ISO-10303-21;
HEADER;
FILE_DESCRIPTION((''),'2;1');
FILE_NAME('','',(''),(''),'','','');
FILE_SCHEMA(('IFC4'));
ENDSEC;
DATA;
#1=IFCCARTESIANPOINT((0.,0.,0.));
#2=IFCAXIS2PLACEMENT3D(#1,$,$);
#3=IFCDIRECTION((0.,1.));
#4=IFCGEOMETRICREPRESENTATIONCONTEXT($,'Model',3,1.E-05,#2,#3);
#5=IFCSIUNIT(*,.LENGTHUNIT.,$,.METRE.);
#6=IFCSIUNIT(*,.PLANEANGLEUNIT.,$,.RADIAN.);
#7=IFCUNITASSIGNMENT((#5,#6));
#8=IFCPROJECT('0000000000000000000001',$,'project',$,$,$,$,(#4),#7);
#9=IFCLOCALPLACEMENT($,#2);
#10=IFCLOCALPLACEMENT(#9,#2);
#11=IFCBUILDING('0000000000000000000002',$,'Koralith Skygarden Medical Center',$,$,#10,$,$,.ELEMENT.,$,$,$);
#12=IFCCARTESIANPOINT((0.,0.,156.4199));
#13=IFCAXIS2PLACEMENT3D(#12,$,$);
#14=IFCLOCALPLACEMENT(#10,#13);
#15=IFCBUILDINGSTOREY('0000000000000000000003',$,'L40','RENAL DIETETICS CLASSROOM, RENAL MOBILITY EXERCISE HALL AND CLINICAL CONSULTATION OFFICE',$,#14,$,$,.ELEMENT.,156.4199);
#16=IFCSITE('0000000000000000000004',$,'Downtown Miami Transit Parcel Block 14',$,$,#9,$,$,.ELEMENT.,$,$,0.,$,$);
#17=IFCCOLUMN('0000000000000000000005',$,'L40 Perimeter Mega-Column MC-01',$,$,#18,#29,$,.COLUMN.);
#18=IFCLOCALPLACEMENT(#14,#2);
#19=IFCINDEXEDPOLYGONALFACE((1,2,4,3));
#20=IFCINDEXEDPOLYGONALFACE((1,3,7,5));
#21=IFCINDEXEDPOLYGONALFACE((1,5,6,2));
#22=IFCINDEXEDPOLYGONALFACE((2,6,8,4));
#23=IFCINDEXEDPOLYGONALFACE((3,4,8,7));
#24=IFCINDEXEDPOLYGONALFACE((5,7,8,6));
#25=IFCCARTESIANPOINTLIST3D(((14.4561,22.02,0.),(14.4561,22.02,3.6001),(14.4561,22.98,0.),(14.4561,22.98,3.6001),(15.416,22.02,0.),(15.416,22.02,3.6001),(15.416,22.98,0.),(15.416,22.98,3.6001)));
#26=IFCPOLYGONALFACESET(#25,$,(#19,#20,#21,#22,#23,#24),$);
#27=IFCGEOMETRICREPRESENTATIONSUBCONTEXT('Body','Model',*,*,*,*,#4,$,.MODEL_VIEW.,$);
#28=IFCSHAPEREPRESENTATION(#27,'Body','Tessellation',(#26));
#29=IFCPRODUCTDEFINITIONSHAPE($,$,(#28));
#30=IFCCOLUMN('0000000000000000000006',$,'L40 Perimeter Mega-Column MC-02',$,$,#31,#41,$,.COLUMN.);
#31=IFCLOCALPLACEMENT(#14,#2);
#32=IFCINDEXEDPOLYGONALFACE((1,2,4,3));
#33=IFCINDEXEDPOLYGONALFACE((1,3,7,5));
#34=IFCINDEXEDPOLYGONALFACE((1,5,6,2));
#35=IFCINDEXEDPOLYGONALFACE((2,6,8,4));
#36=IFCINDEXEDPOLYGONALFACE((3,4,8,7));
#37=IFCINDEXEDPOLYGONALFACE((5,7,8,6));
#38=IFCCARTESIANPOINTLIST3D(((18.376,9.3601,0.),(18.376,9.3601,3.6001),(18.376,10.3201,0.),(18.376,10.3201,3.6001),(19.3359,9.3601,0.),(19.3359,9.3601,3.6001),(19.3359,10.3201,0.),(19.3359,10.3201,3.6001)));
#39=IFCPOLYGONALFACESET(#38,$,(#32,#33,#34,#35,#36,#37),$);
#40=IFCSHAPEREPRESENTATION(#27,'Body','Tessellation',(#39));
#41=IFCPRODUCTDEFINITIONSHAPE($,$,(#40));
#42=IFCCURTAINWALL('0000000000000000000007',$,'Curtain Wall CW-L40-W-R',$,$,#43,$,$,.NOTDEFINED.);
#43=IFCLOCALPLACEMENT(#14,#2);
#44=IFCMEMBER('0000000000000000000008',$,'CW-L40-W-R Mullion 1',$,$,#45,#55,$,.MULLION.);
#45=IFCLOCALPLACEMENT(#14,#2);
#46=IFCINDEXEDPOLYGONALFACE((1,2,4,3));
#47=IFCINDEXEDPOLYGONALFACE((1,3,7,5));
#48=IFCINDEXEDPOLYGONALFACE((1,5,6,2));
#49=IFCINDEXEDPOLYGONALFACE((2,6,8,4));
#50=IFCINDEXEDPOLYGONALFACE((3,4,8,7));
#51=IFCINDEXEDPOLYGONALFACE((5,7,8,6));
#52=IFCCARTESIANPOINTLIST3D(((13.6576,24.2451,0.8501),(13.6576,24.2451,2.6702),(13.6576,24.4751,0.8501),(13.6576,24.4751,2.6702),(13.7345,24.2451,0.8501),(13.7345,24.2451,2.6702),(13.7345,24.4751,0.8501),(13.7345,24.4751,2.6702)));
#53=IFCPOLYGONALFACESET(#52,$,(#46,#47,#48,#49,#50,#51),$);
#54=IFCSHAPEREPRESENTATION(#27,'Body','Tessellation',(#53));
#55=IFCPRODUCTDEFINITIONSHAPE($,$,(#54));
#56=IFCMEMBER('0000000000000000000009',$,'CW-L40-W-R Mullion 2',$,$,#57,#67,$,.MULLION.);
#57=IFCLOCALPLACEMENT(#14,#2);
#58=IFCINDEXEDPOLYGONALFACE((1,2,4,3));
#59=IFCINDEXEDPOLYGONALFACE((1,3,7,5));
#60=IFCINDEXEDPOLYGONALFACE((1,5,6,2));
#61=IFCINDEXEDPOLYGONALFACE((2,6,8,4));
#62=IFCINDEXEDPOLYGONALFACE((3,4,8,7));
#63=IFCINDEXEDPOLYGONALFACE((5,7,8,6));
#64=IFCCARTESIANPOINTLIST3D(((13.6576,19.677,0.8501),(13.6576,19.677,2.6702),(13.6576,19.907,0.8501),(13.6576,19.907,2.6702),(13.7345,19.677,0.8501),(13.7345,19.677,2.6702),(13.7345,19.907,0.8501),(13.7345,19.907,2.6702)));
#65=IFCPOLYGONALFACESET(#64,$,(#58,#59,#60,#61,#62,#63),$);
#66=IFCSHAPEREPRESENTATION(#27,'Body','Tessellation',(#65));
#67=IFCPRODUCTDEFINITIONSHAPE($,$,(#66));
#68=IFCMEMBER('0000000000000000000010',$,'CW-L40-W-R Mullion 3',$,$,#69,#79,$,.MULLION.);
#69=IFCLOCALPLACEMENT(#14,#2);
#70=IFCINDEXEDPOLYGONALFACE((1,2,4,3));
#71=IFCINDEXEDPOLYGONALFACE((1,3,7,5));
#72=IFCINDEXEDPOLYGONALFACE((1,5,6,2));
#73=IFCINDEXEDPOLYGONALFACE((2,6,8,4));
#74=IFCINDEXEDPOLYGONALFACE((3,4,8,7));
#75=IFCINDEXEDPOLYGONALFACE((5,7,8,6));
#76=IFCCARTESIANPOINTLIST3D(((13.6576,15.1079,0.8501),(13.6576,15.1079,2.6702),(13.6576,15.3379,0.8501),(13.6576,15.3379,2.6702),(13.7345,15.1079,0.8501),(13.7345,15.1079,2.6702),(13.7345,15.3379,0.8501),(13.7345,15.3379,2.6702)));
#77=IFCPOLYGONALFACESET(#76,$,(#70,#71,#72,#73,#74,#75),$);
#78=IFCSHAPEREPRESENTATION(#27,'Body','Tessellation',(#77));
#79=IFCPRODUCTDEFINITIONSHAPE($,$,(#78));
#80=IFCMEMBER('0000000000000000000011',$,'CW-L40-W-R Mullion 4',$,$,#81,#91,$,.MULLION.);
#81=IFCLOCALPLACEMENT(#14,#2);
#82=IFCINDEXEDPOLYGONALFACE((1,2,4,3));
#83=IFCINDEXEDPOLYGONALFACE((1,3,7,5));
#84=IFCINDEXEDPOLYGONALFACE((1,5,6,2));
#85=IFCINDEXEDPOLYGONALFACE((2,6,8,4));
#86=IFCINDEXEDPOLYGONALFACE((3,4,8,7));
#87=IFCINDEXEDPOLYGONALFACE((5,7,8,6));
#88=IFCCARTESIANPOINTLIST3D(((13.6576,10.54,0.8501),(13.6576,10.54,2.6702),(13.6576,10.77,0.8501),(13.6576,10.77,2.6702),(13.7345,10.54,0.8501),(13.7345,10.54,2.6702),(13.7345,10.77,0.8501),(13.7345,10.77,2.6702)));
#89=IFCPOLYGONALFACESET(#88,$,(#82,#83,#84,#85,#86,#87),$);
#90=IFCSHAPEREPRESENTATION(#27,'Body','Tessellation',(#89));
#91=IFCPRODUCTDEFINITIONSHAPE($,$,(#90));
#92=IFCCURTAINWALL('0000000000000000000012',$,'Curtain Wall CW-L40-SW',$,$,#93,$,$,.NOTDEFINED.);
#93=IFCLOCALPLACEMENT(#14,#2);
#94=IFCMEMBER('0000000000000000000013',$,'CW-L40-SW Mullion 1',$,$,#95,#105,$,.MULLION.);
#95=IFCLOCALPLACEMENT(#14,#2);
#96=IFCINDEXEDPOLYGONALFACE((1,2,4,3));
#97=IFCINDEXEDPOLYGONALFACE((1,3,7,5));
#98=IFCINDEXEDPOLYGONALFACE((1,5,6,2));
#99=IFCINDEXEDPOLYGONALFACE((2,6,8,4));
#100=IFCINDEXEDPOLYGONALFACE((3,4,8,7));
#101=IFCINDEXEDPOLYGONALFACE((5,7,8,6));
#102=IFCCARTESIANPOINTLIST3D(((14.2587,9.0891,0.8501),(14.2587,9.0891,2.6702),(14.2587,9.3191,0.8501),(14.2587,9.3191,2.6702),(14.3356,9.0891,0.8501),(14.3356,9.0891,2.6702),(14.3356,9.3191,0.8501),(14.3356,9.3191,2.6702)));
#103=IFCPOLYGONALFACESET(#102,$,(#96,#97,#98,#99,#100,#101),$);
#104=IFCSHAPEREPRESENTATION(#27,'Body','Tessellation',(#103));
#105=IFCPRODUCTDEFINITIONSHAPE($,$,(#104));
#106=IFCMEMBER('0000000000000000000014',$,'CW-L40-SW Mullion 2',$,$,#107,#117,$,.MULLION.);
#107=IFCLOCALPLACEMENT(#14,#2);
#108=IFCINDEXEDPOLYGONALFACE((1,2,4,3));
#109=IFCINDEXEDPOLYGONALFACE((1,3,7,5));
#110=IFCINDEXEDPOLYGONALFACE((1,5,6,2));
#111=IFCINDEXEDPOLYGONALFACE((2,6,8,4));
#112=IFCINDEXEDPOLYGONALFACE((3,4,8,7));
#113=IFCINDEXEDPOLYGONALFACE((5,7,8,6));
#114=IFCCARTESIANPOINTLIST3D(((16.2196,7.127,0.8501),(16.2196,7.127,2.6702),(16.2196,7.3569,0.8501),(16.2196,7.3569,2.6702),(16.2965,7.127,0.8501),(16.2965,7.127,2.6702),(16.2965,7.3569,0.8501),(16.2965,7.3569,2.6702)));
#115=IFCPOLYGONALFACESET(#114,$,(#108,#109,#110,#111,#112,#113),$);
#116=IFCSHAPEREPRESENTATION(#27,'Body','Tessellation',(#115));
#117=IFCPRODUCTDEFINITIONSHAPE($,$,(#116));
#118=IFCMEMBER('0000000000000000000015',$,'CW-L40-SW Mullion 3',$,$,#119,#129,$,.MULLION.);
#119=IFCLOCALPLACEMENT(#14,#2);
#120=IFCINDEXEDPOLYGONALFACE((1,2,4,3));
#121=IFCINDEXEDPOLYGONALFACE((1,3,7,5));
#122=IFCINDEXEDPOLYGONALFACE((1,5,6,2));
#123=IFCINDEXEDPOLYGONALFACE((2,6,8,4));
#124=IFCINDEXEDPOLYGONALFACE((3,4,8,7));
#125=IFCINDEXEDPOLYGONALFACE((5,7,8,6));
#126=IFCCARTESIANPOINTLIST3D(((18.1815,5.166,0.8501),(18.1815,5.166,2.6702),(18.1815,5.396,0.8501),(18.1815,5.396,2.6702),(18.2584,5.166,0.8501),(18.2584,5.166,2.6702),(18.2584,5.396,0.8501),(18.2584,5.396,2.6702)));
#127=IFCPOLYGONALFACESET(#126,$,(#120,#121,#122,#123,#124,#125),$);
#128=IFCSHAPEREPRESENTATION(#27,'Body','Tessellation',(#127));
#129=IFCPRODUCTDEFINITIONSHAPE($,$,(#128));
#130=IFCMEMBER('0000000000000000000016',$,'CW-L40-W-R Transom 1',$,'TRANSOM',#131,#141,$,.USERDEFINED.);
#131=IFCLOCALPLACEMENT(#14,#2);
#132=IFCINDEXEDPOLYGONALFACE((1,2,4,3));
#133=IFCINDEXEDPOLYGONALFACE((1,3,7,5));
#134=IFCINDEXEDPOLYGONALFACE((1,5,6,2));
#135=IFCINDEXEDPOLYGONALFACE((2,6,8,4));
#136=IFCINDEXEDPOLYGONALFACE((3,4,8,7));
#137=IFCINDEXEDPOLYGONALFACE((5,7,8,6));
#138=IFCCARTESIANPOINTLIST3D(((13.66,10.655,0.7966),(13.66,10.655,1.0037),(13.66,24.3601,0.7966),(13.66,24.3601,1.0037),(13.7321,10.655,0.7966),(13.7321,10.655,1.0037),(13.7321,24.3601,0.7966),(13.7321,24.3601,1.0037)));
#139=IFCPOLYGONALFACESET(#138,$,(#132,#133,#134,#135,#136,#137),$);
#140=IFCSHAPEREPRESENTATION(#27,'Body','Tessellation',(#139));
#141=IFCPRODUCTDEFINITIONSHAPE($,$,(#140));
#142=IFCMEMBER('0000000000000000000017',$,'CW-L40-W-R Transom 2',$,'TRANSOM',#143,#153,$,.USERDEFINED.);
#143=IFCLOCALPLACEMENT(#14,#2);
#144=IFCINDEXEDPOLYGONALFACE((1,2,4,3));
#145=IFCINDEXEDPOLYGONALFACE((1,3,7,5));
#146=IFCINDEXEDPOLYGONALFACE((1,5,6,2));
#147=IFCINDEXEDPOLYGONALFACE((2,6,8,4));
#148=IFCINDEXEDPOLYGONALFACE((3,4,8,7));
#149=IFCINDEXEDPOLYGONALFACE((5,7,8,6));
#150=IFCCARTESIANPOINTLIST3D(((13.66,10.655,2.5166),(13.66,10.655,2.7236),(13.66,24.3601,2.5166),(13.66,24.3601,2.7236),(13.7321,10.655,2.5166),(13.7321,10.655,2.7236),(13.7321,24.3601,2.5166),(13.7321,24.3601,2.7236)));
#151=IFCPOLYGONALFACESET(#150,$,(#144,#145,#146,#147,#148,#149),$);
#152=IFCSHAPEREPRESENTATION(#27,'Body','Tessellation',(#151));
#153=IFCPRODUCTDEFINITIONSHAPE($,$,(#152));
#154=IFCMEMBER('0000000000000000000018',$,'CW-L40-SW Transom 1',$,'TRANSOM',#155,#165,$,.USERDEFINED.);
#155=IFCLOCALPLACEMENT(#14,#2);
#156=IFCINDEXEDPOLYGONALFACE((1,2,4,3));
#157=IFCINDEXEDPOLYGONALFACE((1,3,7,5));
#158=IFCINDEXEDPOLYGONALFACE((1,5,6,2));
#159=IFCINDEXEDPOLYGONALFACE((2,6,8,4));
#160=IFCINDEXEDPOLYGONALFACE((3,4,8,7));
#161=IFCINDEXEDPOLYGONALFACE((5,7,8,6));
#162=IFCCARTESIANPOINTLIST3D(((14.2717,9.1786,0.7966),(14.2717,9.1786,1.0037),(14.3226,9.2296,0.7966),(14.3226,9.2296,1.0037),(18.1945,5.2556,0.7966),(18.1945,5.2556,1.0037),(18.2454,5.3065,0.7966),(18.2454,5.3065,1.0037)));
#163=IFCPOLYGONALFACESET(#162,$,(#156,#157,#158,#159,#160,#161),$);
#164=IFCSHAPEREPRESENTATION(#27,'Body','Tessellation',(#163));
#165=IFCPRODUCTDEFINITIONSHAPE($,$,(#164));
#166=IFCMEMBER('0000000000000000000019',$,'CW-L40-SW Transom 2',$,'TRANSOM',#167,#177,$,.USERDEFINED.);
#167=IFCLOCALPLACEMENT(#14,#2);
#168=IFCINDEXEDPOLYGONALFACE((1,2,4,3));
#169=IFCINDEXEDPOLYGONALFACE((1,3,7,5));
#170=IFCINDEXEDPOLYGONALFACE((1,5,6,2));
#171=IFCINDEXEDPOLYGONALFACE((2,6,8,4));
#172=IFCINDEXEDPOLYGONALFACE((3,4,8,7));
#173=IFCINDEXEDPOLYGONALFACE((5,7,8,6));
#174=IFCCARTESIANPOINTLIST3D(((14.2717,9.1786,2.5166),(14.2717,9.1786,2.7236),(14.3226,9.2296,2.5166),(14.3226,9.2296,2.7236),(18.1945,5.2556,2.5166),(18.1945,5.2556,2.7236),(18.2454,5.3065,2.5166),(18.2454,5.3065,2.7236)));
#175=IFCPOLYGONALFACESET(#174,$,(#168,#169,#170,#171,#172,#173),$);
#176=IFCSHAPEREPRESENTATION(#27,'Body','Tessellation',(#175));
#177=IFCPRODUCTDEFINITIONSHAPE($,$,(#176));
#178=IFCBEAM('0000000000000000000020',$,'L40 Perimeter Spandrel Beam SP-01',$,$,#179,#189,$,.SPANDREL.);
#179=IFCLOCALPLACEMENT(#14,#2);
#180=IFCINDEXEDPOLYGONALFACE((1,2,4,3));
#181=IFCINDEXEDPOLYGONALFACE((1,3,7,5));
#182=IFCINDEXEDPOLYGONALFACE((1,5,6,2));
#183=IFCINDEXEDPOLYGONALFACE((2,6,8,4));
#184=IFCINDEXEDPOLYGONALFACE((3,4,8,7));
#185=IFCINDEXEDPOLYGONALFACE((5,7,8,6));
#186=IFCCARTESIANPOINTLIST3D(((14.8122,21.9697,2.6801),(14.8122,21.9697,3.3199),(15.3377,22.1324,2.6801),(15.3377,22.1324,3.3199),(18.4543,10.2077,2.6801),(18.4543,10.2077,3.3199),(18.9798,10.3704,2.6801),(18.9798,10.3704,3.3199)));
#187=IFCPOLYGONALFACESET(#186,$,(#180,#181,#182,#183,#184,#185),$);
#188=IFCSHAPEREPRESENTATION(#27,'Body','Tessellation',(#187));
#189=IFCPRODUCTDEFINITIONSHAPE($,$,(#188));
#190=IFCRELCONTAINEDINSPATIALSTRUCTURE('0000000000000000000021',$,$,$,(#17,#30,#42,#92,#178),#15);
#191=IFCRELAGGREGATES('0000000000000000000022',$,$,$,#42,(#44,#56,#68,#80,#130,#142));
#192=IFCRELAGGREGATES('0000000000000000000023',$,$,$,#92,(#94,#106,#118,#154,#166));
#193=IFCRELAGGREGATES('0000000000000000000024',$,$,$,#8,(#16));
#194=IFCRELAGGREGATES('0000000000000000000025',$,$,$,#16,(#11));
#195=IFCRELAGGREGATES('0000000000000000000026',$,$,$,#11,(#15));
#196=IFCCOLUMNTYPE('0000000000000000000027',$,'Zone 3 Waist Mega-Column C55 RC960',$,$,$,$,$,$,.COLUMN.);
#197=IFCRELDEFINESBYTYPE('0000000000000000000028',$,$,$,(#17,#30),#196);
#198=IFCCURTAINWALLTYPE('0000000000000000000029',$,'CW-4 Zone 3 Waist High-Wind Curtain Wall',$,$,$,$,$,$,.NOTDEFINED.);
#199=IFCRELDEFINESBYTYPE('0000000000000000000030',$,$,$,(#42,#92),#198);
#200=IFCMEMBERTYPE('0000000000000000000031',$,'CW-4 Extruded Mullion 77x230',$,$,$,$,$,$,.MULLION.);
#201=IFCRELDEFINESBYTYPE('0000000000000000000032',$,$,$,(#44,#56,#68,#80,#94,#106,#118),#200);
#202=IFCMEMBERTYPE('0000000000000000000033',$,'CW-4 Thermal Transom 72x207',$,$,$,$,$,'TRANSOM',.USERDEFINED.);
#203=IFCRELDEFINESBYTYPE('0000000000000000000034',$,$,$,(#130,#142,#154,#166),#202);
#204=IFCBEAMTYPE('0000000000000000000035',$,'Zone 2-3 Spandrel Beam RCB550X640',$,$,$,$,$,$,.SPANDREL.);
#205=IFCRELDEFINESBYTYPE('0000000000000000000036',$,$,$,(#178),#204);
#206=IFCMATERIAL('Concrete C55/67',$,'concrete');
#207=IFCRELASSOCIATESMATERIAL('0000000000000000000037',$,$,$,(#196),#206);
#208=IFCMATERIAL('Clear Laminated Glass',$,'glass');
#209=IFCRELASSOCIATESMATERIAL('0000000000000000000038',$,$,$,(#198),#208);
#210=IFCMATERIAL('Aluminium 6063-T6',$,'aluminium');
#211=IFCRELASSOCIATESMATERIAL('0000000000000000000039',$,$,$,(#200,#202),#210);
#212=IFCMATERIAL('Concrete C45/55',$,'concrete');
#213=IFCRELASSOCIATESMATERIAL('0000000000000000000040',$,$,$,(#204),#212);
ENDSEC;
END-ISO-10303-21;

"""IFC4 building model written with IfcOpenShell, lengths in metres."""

from ifc_helpers import new_model, si_unit, direction, frame, origin, origin_2d, place, context, subcontext, project, spatial, rectangle, extrude, material, material_profile, profile_set, type_object, element, aggregate, save


model = new_model("IFC4")

# Units and contexts
model_context = context("Model", 3, precision=1e-05, world=origin(), true_north=direction((0.0, 1.0)))
body_context = subcontext(model_context, "Body", "Model", "MODEL_VIEW")
ifc_project = project(units=[si_unit("LENGTHUNIT", "METRE"), si_unit("PLANEANGLEUNIT", "RADIAN")], contexts=[model_context])

# Site, building, storey
site_placement = place(None, origin())
site = spatial("IfcSite", under=ifc_project, at=site_placement, Name="Downtown Miami Transit Parcel Block 14", CompositionType="ELEMENT", RefElevation=0.0)
building_placement = place(site_placement, origin())
building = spatial("IfcBuilding", under=site, at=building_placement, Name="Koralith Skygarden Medical Center", CompositionType="ELEMENT")
storey_placement = place(building_placement, frame((0.0, 0.0, 156.4199)))
storey = spatial("IfcBuildingStorey", under=building, at=storey_placement, Name="L40", Description="RENAL DIETETICS CLASSROOM, RENAL MOBILITY EXERCISE HALL AND CLINICAL CONSULTATION OFFICE", CompositionType="ELEMENT", Elevation=156.4199)

# Columns
ifc_material_1 = material(Name="Concrete C55/67", Category="concrete")
ifc_material_profile_1 = material_profile(ifc_material_1, rectangle(XDim=0.96, YDim=0.96, at=origin_2d()), Name="RC960X960")
ifc_profile_set_1 = profile_set([ifc_material_profile_1], Name="Concrete C55/67")
column_type = type_object("IfcColumnType", Name="Zone 3 Waist Mega-Column C55 RC960", PredefinedType="COLUMN", material=ifc_profile_set_1)
for number, where, z_axis, x_axis, name in (
    (1, (14.936, 22.5, 0.0), (0.0, 0.0, 1.0), (1.0, 0.0, 0.0), "L40 Perimeter Mega-Column MC-01"),
    (2, (18.856, 9.8401, 0.0), (0.0, 0.0, 1.0), (1.0, 0.0, 0.0), "L40 Perimeter Mega-Column MC-02"),
):
    element("IfcColumn", number, at=place(storey_placement, frame(where, z_axis=z_axis, x_axis=x_axis)), inside=storey, type_object=column_type, Name=name, PredefinedType="COLUMN", context=body_context, shape_type="SweptSolid", body=[
        extrude(rectangle(XDim=0.96, YDim=0.96, at=origin_2d()), origin(), (0.0, 0.0, 1.0), 3.6001),
    ])

# Curtain walls, members
ifc_material_2 = material(Name="Clear Laminated Glass", Category="glass")
curtain_wall_type = type_object("IfcCurtainWallType", Name="CW-4 Zone 3 Waist High-Wind Curtain Wall", PredefinedType="NOTDEFINED", material=ifc_material_2)
curtain_wall_1_placement = place(storey_placement, origin())
curtain_wall_1 = element("IfcCurtainWall", 3, at=curtain_wall_1_placement, inside=storey, type_object=curtain_wall_type, Name="Curtain Wall CW-L40-W-R", PredefinedType="NOTDEFINED")
ifc_material_3 = material(Name="Aluminium 6063-T6", Category="aluminium")
ifc_material_profile_2 = material_profile(ifc_material_3, rectangle(XDim=0.0769, YDim=0.23, at=origin_2d()), Name="MUL77X230")
ifc_profile_set_2 = profile_set([ifc_material_profile_2], Name="Aluminium 6063-T6")
member_type_1 = type_object("IfcMemberType", Name="CW-4 Extruded Mullion 77x230", PredefinedType="MULLION", material=ifc_profile_set_2)
member_1_placement = place(storey_placement, frame((13.696, 24.3601, 0.8501), z_axis=(0.0, 0.0, 1.0), x_axis=(1.0, 0.0, 0.0)))
member_1 = element("IfcMember", 4, at=member_1_placement, type_object=member_type_1, Name="CW-L40-W-R Mullion 1", PredefinedType="MULLION", context=body_context, shape_type="SweptSolid", body=[
    extrude(rectangle(XDim=0.0769, YDim=0.23, at=origin_2d()), origin(), (0.0, 0.0, 1.0), 1.8201),
])
member_2_placement = place(storey_placement, frame((13.696, 19.792, 0.8501), z_axis=(0.0, 0.0, 1.0), x_axis=(1.0, 0.0, 0.0)))
member_2 = element("IfcMember", 5, at=member_2_placement, type_object=member_type_1, Name="CW-L40-W-R Mullion 2", PredefinedType="MULLION", context=body_context, shape_type="SweptSolid", body=[
    extrude(rectangle(XDim=0.0769, YDim=0.23, at=origin_2d()), origin(), (0.0, 0.0, 1.0), 1.8201),
])
member_3_placement = place(storey_placement, frame((13.696, 15.2229, 0.8501), z_axis=(0.0, 0.0, 1.0), x_axis=(1.0, 0.0, 0.0)))
member_3 = element("IfcMember", 6, at=member_3_placement, type_object=member_type_1, Name="CW-L40-W-R Mullion 3", PredefinedType="MULLION", context=body_context, shape_type="SweptSolid", body=[
    extrude(rectangle(XDim=0.0769, YDim=0.23, at=origin_2d()), origin(), (0.0, 0.0, 1.0), 1.8201),
])
member_4_placement = place(storey_placement, frame((13.696, 10.655, 0.8501), z_axis=(0.0, 0.0, 1.0), x_axis=(1.0, 0.0, 0.0)))
member_4 = element("IfcMember", 7, at=member_4_placement, type_object=member_type_1, Name="CW-L40-W-R Mullion 4", PredefinedType="MULLION", context=body_context, shape_type="SweptSolid", body=[
    extrude(rectangle(XDim=0.0769, YDim=0.23, at=origin_2d()), origin(), (0.0, 0.0, 1.0), 1.8201),
])
curtain_wall_2_placement = place(storey_placement, origin())
curtain_wall_2 = element("IfcCurtainWall", 8, at=curtain_wall_2_placement, inside=storey, type_object=curtain_wall_type, Name="Curtain Wall CW-L40-SW", PredefinedType="NOTDEFINED")
member_5_placement = place(storey_placement, frame((14.2971, 9.2041, 0.8501), z_axis=(0.0, 0.0, 1.0), x_axis=(1.0, 0.0, 0.0)))
member_5 = element("IfcMember", 9, at=member_5_placement, type_object=member_type_1, Name="CW-L40-SW Mullion 1", PredefinedType="MULLION", context=body_context, shape_type="SweptSolid", body=[
    extrude(rectangle(XDim=0.0769, YDim=0.23, at=origin_2d()), origin(), (0.0, 0.0, 1.0), 1.8201),
])
member_6_placement = place(storey_placement, frame((16.2581, 7.2419, 0.8501), z_axis=(0.0, 0.0, 1.0), x_axis=(1.0, 0.0, 0.0)))
member_6 = element("IfcMember", 10, at=member_6_placement, type_object=member_type_1, Name="CW-L40-SW Mullion 2", PredefinedType="MULLION", context=body_context, shape_type="SweptSolid", body=[
    extrude(rectangle(XDim=0.0769, YDim=0.23, at=origin_2d()), origin(), (0.0, 0.0, 1.0), 1.8201),
])
member_7_placement = place(storey_placement, frame((18.22, 5.281, 0.8501), z_axis=(0.0, 0.0, 1.0), x_axis=(1.0, 0.0, 0.0)))
member_7 = element("IfcMember", 11, at=member_7_placement, type_object=member_type_1, Name="CW-L40-SW Mullion 3", PredefinedType="MULLION", context=body_context, shape_type="SweptSolid", body=[
    extrude(rectangle(XDim=0.0769, YDim=0.23, at=origin_2d()), origin(), (0.0, 0.0, 1.0), 1.8201),
])

# Members
ifc_material_profile_3 = material_profile(ifc_material_3, rectangle(XDim=0.072, YDim=0.207, at=origin_2d()), Name="TRN72X207")
ifc_profile_set_3 = profile_set([ifc_material_profile_3], Name="Aluminium 6063-T6")
member_type_2 = type_object("IfcMemberType", Name="CW-4 Thermal Transom 72x207", ElementType="TRANSOM", PredefinedType="USERDEFINED", material=ifc_profile_set_3)
member_8_placement = place(storey_placement, frame((13.696, 24.3601, 0.9001), z_axis=(0.0, -1.0, 0.0), x_axis=(1.0, 0.0, 0.0)))
member_8 = element("IfcMember", 12, at=member_8_placement, type_object=member_type_2, Name="CW-L40-W-R Transom 1", ObjectType="TRANSOM", PredefinedType="USERDEFINED", context=body_context, shape_type="SweptSolid", body=[
    extrude(rectangle(XDim=0.072, YDim=0.207, at=origin_2d()), origin(), (0.0, 0.0, 1.0), 13.7051),
])
member_9_placement = place(storey_placement, frame((13.696, 24.3601, 2.6201), z_axis=(0.0, -1.0, 0.0), x_axis=(1.0, 0.0, 0.0)))
member_9 = element("IfcMember", 13, at=member_9_placement, type_object=member_type_2, Name="CW-L40-W-R Transom 2", ObjectType="TRANSOM", PredefinedType="USERDEFINED", context=body_context, shape_type="SweptSolid", body=[
    extrude(rectangle(XDim=0.072, YDim=0.207, at=origin_2d()), origin(), (0.0, 0.0, 1.0), 13.7051),
])
member_10_placement = place(storey_placement, frame((14.2971, 9.2041, 0.9001), z_axis=(0.707085, -0.707129, 0.0), x_axis=(0.707129, 0.707085, 0.0)))
member_10 = element("IfcMember", 14, at=member_10_placement, type_object=member_type_2, Name="CW-L40-SW Transom 1", ObjectType="TRANSOM", PredefinedType="USERDEFINED", context=body_context, shape_type="SweptSolid", body=[
    extrude(rectangle(XDim=0.072, YDim=0.207, at=origin_2d()), origin(), (0.0, 0.0, 1.0), 5.5479),
])
member_11_placement = place(storey_placement, frame((14.2971, 9.2041, 2.6201), z_axis=(0.707085, -0.707129, 0.0), x_axis=(0.707129, 0.707085, 0.0)))
member_11 = element("IfcMember", 15, at=member_11_placement, type_object=member_type_2, Name="CW-L40-SW Transom 2", ObjectType="TRANSOM", PredefinedType="USERDEFINED", context=body_context, shape_type="SweptSolid", body=[
    extrude(rectangle(XDim=0.072, YDim=0.207, at=origin_2d()), origin(), (0.0, 0.0, 1.0), 5.5479),
])

# Beam
ifc_material_4 = material(Name="Concrete C45/55", Category="concrete")
ifc_material_profile_4 = material_profile(ifc_material_4, rectangle(XDim=0.55, YDim=0.6399, at=origin_2d()), Name="RCB550X640")
ifc_profile_set_4 = profile_set([ifc_material_profile_4], Name="Concrete C45/55")
beam_type = type_object("IfcBeamType", Name="Zone 2-3 Spandrel Beam RCB550X640", PredefinedType="SPANDREL", material=ifc_profile_set_4)
beam_1_placement = place(storey_placement, frame((15.075, 22.051, 3.0), z_axis=(0.295794, -0.955252, 0.0), x_axis=(0.955252, 0.295794, 0.0)))
element("IfcBeam", 16, at=beam_1_placement, inside=storey, type_object=beam_type, Name="L40 Perimeter Spandrel Beam SP-01", PredefinedType="SPANDREL", context=body_context, shape_type="SweptSolid", body=[
    extrude(rectangle(XDim=0.55, YDim=0.6399, at=origin_2d()), origin(), (0.0, 0.0, 1.0), 12.313),
])

aggregate(curtain_wall_1, [member_1, member_2, member_3, member_4, member_8, member_9])
aggregate(curtain_wall_2, [member_5, member_6, member_7, member_10, member_11])

save(model, "model.ifc")
